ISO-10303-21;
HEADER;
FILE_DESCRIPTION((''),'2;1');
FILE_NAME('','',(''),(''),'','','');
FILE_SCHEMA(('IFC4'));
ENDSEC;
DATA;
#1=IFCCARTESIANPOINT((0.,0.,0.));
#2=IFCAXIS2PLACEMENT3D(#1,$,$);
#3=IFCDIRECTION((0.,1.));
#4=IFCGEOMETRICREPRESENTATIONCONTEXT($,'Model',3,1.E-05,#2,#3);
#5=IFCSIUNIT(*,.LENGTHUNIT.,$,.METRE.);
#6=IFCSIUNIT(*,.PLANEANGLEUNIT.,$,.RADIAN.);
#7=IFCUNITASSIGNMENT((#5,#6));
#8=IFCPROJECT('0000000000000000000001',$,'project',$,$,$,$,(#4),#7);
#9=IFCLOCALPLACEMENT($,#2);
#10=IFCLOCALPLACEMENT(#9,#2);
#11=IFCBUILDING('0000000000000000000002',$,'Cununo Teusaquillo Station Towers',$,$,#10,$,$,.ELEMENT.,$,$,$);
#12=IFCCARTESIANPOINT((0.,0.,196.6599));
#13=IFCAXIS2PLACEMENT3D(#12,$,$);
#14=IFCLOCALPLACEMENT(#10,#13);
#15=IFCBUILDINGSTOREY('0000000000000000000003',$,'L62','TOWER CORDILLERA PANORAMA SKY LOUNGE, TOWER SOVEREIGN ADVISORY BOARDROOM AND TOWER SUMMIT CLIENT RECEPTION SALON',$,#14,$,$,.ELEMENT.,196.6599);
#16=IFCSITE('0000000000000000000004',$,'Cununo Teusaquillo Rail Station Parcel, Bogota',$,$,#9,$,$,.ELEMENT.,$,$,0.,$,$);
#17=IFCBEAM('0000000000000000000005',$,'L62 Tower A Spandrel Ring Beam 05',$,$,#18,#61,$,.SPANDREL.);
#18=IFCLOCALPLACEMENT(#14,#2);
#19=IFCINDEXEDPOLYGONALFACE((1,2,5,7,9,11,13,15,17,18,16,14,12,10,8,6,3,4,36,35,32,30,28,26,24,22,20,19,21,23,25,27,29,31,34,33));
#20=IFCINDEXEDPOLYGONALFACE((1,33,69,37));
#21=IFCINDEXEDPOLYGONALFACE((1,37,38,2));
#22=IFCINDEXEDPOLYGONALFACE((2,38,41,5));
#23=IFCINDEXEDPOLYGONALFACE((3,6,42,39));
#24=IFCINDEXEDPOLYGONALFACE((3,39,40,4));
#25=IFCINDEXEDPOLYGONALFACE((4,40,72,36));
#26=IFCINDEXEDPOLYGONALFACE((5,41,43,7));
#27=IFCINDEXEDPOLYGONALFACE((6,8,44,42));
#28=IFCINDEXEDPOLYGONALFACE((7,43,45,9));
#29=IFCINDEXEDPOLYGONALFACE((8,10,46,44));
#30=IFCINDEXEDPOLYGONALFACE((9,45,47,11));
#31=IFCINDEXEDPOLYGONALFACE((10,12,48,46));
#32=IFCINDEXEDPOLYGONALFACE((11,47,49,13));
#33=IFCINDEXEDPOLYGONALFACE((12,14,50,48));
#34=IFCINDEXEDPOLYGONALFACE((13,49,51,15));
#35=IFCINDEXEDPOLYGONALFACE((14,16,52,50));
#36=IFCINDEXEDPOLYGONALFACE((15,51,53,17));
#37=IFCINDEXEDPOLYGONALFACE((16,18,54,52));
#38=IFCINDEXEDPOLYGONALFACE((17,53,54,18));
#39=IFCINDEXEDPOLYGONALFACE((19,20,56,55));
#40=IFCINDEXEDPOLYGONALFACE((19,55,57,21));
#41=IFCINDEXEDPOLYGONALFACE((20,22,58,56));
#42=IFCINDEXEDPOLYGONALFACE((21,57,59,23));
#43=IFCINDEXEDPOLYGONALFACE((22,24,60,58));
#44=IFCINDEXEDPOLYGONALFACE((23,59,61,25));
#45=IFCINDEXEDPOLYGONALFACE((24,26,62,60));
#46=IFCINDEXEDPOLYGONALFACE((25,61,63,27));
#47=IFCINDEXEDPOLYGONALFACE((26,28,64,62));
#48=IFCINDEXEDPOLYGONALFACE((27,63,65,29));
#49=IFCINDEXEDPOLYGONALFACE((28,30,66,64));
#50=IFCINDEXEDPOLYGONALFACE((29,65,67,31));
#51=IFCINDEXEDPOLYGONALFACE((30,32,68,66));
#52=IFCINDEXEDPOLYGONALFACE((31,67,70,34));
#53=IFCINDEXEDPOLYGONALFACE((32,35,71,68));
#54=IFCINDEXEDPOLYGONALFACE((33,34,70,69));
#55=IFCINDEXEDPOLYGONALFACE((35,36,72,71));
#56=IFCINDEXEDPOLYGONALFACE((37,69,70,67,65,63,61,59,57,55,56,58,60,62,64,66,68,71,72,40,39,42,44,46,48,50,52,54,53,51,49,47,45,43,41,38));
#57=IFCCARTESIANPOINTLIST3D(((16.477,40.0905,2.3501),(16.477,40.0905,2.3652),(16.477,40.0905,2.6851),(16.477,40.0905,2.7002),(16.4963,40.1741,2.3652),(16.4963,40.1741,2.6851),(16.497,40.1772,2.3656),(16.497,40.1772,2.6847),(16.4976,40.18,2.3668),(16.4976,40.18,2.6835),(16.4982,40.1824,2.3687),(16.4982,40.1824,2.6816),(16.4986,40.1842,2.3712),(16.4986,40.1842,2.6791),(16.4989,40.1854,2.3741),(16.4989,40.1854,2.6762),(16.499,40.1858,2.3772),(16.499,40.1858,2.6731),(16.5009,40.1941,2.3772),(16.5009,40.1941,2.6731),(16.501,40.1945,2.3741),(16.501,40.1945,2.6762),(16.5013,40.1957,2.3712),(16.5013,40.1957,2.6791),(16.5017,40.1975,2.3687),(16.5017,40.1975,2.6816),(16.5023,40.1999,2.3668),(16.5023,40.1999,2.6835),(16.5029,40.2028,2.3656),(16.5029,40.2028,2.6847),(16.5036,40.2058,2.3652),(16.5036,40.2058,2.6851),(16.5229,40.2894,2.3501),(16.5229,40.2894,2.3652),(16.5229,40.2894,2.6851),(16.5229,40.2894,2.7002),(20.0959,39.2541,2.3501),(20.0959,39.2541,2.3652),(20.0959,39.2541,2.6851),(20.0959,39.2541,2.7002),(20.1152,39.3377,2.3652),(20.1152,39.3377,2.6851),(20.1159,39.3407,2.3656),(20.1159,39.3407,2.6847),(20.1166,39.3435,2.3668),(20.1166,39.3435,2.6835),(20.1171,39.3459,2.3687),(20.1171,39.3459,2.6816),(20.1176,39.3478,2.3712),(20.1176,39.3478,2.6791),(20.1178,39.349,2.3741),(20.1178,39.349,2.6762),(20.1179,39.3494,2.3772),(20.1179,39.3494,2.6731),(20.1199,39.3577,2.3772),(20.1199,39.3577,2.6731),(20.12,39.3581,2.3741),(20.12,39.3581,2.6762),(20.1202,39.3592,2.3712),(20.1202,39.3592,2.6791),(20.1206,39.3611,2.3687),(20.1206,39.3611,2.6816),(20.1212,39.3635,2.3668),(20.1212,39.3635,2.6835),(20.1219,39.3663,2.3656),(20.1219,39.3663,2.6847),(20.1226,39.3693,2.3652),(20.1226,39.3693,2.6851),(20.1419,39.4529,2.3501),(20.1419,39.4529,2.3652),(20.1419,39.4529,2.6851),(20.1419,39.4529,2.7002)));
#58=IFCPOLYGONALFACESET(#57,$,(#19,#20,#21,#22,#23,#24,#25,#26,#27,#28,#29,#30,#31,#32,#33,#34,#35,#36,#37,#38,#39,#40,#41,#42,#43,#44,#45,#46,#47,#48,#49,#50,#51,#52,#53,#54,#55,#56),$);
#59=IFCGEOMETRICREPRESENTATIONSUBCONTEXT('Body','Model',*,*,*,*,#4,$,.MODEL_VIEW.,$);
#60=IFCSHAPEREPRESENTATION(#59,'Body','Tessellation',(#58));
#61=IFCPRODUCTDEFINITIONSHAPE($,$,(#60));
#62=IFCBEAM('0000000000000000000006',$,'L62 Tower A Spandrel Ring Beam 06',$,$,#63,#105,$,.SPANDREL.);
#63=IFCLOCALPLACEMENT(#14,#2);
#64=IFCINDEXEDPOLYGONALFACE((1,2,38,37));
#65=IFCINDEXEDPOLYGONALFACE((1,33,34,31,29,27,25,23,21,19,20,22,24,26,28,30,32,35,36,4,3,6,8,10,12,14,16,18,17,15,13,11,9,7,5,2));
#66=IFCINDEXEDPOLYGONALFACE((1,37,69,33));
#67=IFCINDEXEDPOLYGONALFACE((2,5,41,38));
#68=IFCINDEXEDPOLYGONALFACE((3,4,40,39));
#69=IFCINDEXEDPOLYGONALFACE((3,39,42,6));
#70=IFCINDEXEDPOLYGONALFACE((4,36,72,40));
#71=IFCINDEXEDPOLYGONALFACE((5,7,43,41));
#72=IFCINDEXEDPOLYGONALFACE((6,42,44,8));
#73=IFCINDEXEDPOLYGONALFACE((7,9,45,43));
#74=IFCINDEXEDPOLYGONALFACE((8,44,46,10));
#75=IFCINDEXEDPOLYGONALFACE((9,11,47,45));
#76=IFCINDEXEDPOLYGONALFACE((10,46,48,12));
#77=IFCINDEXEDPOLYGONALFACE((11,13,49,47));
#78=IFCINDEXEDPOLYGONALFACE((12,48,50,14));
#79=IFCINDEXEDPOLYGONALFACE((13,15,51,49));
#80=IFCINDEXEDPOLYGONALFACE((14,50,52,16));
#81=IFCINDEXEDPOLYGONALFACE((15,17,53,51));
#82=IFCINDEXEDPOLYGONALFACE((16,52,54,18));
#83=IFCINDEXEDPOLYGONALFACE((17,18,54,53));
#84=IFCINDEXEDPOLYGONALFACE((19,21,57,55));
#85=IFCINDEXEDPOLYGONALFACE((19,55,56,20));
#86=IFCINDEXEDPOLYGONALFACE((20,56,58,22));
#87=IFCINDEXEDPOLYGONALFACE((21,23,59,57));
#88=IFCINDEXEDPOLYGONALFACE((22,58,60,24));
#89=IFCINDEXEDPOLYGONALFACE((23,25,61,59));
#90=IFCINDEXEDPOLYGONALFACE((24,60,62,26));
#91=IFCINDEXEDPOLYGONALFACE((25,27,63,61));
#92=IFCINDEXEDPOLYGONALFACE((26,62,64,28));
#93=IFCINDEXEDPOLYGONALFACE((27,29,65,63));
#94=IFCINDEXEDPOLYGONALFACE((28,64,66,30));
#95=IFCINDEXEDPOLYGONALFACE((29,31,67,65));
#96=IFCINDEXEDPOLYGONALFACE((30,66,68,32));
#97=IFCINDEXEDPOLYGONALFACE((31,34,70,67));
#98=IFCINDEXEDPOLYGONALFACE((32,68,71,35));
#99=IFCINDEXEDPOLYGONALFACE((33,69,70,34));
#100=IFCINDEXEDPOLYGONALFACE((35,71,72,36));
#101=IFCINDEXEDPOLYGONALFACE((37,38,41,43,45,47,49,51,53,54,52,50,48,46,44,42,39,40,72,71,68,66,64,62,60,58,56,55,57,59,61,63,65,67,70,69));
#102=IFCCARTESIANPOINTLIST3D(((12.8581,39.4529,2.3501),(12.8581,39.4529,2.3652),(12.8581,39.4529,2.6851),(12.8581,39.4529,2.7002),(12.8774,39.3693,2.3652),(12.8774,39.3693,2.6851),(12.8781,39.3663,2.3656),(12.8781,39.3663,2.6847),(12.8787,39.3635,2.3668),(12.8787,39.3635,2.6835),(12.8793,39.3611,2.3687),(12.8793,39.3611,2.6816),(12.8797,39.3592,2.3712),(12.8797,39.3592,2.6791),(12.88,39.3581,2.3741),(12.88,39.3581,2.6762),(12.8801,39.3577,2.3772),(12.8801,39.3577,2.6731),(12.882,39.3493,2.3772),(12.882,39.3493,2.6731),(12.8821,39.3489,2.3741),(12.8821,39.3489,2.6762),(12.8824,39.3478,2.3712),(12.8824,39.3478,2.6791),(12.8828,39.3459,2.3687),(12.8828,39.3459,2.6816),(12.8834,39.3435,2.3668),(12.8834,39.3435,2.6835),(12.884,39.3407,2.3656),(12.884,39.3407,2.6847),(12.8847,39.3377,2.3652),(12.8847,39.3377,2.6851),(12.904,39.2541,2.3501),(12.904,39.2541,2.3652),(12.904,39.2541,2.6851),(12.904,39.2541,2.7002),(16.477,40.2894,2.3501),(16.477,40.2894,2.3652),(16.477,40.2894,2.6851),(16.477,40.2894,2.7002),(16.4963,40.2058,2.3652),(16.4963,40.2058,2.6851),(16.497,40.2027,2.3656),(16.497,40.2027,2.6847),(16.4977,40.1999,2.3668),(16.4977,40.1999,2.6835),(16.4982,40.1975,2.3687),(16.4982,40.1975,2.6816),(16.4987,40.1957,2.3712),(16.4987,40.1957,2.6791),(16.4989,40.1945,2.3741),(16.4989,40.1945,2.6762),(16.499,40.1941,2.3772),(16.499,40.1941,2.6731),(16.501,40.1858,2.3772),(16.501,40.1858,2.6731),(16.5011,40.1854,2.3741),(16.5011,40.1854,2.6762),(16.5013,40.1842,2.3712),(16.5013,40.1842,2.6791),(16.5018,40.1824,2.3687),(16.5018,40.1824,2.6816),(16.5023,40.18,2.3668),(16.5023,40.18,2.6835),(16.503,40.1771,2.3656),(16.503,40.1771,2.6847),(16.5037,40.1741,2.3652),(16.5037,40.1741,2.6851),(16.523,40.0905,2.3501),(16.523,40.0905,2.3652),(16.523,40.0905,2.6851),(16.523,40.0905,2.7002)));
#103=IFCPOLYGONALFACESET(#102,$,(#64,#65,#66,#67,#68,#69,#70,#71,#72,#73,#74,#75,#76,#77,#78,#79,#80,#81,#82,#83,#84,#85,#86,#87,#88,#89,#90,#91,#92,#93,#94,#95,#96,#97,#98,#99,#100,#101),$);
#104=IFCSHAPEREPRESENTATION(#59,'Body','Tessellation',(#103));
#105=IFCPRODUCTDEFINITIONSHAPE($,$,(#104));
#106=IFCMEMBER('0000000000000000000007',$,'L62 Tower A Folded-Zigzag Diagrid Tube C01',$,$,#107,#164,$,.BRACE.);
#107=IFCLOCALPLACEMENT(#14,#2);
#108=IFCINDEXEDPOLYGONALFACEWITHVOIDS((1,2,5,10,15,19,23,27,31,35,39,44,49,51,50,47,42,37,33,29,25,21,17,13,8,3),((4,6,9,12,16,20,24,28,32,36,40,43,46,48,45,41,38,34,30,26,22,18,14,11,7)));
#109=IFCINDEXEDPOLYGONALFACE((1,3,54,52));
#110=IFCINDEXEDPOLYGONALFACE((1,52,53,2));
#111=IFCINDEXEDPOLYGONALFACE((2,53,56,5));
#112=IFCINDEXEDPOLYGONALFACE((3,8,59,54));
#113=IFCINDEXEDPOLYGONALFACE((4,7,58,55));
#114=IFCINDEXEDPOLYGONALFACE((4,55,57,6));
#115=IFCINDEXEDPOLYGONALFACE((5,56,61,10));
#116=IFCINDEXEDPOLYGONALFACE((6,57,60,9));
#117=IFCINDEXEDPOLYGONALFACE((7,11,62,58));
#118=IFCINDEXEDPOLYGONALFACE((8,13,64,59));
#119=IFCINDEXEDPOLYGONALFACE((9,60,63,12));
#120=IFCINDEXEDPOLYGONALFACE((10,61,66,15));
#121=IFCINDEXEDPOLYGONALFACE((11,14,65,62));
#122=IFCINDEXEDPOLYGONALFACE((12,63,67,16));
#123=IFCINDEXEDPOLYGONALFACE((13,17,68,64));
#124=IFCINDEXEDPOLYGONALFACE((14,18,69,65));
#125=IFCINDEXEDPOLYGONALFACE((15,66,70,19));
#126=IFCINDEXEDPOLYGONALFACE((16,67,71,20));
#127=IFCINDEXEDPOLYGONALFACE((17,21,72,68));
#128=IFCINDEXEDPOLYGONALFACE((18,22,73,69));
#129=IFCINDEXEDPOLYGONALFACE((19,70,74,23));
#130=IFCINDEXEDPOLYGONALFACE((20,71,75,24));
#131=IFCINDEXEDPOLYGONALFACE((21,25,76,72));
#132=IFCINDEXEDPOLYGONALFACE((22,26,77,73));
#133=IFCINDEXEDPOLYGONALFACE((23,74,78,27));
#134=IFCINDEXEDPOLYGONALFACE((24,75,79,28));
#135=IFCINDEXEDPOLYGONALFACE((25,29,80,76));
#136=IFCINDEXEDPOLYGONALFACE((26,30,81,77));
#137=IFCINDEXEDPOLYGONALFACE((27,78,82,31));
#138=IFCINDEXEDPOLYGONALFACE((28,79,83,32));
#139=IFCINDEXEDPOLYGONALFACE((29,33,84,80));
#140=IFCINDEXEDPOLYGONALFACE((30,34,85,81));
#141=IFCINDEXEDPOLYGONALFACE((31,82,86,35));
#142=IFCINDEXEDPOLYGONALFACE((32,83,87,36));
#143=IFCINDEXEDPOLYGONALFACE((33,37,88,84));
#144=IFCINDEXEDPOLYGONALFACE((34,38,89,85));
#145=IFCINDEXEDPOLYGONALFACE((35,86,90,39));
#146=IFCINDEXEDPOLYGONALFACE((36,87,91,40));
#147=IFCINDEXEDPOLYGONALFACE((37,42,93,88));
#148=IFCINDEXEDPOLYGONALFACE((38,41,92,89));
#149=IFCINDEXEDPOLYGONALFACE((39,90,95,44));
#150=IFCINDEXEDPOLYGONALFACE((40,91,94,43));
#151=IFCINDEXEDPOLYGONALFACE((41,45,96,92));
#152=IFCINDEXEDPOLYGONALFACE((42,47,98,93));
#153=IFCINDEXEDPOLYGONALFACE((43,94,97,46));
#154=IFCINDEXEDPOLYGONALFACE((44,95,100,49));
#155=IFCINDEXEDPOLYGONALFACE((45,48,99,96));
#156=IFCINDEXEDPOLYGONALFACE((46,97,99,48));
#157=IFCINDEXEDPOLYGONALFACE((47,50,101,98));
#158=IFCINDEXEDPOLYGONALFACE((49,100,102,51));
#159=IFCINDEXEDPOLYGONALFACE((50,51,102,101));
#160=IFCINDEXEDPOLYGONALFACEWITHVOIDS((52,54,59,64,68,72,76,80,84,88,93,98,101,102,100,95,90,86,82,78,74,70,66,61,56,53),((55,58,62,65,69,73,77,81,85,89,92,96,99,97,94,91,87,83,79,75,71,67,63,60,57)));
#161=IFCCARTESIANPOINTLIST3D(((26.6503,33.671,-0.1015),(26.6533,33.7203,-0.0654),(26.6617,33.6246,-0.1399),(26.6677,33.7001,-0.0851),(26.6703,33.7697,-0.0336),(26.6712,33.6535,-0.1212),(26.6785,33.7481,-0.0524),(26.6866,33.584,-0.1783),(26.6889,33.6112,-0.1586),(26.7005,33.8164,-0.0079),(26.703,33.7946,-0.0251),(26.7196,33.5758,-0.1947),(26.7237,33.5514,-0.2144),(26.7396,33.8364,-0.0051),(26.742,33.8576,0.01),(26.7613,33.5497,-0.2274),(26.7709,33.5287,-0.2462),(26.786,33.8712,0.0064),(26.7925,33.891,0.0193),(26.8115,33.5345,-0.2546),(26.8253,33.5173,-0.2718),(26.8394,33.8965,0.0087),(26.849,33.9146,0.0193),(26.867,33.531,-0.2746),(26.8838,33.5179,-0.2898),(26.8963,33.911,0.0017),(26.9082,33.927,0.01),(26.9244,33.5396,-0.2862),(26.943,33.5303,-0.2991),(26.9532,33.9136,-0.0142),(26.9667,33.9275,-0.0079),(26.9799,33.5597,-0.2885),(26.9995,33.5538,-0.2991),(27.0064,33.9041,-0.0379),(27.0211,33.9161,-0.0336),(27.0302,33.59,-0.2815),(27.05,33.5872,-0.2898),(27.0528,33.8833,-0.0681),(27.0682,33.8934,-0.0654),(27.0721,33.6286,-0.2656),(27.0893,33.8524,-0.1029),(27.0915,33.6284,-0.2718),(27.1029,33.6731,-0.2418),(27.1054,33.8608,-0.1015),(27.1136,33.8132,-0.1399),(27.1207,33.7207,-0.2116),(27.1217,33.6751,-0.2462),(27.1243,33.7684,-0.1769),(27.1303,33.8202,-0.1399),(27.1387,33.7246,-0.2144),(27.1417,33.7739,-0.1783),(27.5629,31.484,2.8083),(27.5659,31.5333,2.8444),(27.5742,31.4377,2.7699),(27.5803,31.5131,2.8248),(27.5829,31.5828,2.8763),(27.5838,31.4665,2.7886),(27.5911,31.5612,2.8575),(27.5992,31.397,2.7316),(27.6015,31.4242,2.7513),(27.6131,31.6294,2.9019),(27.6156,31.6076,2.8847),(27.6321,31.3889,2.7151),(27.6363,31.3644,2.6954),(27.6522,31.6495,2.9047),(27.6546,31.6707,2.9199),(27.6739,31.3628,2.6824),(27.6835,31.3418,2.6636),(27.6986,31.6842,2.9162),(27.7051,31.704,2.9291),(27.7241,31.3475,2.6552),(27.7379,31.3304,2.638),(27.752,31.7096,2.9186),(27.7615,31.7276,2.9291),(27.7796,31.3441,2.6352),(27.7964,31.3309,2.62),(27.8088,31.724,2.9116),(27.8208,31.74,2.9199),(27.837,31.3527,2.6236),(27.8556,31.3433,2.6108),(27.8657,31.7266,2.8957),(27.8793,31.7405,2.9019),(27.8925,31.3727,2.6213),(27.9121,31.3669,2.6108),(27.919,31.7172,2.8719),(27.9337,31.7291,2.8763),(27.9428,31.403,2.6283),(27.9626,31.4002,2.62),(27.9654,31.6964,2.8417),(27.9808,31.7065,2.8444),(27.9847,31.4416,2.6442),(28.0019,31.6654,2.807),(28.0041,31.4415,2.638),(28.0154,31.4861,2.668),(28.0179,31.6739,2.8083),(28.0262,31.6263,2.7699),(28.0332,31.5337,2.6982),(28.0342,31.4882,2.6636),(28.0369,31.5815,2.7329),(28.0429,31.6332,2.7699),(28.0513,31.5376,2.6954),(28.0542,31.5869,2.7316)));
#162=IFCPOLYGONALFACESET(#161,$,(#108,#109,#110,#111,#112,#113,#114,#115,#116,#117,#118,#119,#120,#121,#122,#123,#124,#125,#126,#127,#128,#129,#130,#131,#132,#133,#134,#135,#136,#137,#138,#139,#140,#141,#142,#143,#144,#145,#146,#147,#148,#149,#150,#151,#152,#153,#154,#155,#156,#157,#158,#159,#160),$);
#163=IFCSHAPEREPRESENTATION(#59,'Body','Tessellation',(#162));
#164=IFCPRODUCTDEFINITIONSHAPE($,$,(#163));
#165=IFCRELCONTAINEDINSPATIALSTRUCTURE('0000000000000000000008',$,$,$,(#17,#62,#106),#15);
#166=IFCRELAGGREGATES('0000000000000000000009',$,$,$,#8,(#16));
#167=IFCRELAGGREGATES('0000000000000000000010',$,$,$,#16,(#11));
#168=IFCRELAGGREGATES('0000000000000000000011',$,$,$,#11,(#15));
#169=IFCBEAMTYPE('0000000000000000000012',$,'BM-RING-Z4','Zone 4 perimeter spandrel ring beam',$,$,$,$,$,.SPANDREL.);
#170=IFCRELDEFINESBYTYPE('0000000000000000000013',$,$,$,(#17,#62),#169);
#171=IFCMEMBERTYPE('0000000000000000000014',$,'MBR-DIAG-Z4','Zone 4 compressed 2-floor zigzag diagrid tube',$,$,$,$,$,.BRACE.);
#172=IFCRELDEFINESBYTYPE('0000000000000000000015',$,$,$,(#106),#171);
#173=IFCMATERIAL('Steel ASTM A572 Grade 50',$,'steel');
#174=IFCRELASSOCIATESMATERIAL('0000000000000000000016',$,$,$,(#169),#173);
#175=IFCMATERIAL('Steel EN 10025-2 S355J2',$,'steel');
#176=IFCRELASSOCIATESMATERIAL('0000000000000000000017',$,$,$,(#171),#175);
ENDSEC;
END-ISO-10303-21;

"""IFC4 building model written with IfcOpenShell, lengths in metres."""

from ifc_helpers import new_model, si_unit, direction, frame, origin, origin_2d, place, context, subcontext, project, spatial, hollow_circle, i_section, extrude, material, material_profile, profile_set, type_object, element, save


model = new_model("IFC4")

# Units and contexts
model_context = context("Model", 3, precision=1e-05, world=origin(), true_north=direction((0.0, 1.0)))
body_context = subcontext(model_context, "Body", "Model", "MODEL_VIEW")
ifc_project = project(units=[si_unit("LENGTHUNIT", "METRE"), si_unit("PLANEANGLEUNIT", "RADIAN")], contexts=[model_context])

# Site, building, storey
site_placement = place(None, origin())
site = spatial("IfcSite", under=ifc_project, at=site_placement, Name="Cununo Teusaquillo Rail Station Parcel, Bogota", CompositionType="ELEMENT", RefElevation=0.0)
building_placement = place(site_placement, origin())
building = spatial("IfcBuilding", under=site, at=building_placement, Name="Cununo Teusaquillo Station Towers", CompositionType="ELEMENT")
storey_placement = place(building_placement, frame((0.0, 0.0, 196.6599)))
storey = spatial("IfcBuildingStorey", under=building, at=storey_placement, Name="L62", Description="TOWER CORDILLERA PANORAMA SKY LOUNGE, TOWER SOVEREIGN ADVISORY BOARDROOM AND TOWER SUMMIT CLIENT RECEPTION SALON", CompositionType="ELEMENT", Elevation=196.6599)

# Beams
ifc_material_1 = material(Name="Steel ASTM A572 Grade 50", Category="steel")
ifc_material_profile_1 = material_profile(ifc_material_1, i_section(OverallWidth=0.2041, OverallDepth=0.3501, WebThickness=0.0085, FlangeThickness=0.0151, FilletRadius=0.012, at=origin_2d()), Name="W14X48")
ifc_profile_set_1 = profile_set([ifc_material_profile_1], Name="Steel ASTM A572 Grade 50")
beam_type_1 = type_object("IfcBeamType", Name="BM-RING-Z4", Description="Zone 4 perimeter spandrel ring beam", PredefinedType="SPANDREL", material=ifc_profile_set_1)
for number, where, z_axis, x_axis, name in (
    (1, (20.1189, 39.3535, 2.5251), (-0.974315, 0.225191, 0.0), (-0.225191, -0.974315, 0.0), "L62 Tower A Spandrel Ring Beam 05"),
    (2, (16.5, 40.1899, 2.5251), (-0.974315, -0.225191, 0.0), (0.225191, -0.974315, 0.0), "L62 Tower A Spandrel Ring Beam 06"),
):
    element("IfcBeam", number, at=place(storey_placement, frame(where, z_axis=z_axis, x_axis=x_axis)), inside=storey, type_object=beam_type_1, Name=name, PredefinedType="SPANDREL", context=body_context, shape_type="SweptSolid", body=[
        extrude(i_section(OverallWidth=0.2041, OverallDepth=0.3501, WebThickness=0.0085, FlangeThickness=0.0151, FilletRadius=0.012, at=origin_2d()), origin(), (0.0, 0.0, 1.0), 3.7144),
    ])

# Member
ifc_material_2 = material(Name="Steel EN 10025-2 S355J2", Category="steel")
ifc_material_profile_2 = material_profile(ifc_material_2, hollow_circle(Radius=0.2539, WallThickness=0.0181, at=origin_2d()), Name="CHS 508x18")
ifc_profile_set_2 = profile_set([ifc_material_profile_2], Name="Steel EN 10025-2 S355J2")
member_type = type_object("IfcMemberType", Name="MBR-DIAG-Z4", Description="Zone 4 compressed 2-floor zigzag diagrid tube", PredefinedType="BRACE", material=ifc_profile_set_2)
member_1_placement = place(storey_placement, frame((26.896, 33.7224, -0.1399), z_axis=(0.243178, -0.582769, 0.775399), x_axis=(0.922876, 0.385098, 0.0)))
element("IfcMember", 3, at=member_1_placement, inside=storey, type_object=member_type, Name="L62 Tower A Folded-Zigzag Diagrid Tube C01", PredefinedType="BRACE", context=body_context, shape_type="SweptSolid", body=[
    extrude(hollow_circle(Radius=0.2539, WallThickness=0.0181, at=origin_2d()), origin(), (0.0, 0.0, 1.0), 3.7527),
])

save(model, "model.ifc")
